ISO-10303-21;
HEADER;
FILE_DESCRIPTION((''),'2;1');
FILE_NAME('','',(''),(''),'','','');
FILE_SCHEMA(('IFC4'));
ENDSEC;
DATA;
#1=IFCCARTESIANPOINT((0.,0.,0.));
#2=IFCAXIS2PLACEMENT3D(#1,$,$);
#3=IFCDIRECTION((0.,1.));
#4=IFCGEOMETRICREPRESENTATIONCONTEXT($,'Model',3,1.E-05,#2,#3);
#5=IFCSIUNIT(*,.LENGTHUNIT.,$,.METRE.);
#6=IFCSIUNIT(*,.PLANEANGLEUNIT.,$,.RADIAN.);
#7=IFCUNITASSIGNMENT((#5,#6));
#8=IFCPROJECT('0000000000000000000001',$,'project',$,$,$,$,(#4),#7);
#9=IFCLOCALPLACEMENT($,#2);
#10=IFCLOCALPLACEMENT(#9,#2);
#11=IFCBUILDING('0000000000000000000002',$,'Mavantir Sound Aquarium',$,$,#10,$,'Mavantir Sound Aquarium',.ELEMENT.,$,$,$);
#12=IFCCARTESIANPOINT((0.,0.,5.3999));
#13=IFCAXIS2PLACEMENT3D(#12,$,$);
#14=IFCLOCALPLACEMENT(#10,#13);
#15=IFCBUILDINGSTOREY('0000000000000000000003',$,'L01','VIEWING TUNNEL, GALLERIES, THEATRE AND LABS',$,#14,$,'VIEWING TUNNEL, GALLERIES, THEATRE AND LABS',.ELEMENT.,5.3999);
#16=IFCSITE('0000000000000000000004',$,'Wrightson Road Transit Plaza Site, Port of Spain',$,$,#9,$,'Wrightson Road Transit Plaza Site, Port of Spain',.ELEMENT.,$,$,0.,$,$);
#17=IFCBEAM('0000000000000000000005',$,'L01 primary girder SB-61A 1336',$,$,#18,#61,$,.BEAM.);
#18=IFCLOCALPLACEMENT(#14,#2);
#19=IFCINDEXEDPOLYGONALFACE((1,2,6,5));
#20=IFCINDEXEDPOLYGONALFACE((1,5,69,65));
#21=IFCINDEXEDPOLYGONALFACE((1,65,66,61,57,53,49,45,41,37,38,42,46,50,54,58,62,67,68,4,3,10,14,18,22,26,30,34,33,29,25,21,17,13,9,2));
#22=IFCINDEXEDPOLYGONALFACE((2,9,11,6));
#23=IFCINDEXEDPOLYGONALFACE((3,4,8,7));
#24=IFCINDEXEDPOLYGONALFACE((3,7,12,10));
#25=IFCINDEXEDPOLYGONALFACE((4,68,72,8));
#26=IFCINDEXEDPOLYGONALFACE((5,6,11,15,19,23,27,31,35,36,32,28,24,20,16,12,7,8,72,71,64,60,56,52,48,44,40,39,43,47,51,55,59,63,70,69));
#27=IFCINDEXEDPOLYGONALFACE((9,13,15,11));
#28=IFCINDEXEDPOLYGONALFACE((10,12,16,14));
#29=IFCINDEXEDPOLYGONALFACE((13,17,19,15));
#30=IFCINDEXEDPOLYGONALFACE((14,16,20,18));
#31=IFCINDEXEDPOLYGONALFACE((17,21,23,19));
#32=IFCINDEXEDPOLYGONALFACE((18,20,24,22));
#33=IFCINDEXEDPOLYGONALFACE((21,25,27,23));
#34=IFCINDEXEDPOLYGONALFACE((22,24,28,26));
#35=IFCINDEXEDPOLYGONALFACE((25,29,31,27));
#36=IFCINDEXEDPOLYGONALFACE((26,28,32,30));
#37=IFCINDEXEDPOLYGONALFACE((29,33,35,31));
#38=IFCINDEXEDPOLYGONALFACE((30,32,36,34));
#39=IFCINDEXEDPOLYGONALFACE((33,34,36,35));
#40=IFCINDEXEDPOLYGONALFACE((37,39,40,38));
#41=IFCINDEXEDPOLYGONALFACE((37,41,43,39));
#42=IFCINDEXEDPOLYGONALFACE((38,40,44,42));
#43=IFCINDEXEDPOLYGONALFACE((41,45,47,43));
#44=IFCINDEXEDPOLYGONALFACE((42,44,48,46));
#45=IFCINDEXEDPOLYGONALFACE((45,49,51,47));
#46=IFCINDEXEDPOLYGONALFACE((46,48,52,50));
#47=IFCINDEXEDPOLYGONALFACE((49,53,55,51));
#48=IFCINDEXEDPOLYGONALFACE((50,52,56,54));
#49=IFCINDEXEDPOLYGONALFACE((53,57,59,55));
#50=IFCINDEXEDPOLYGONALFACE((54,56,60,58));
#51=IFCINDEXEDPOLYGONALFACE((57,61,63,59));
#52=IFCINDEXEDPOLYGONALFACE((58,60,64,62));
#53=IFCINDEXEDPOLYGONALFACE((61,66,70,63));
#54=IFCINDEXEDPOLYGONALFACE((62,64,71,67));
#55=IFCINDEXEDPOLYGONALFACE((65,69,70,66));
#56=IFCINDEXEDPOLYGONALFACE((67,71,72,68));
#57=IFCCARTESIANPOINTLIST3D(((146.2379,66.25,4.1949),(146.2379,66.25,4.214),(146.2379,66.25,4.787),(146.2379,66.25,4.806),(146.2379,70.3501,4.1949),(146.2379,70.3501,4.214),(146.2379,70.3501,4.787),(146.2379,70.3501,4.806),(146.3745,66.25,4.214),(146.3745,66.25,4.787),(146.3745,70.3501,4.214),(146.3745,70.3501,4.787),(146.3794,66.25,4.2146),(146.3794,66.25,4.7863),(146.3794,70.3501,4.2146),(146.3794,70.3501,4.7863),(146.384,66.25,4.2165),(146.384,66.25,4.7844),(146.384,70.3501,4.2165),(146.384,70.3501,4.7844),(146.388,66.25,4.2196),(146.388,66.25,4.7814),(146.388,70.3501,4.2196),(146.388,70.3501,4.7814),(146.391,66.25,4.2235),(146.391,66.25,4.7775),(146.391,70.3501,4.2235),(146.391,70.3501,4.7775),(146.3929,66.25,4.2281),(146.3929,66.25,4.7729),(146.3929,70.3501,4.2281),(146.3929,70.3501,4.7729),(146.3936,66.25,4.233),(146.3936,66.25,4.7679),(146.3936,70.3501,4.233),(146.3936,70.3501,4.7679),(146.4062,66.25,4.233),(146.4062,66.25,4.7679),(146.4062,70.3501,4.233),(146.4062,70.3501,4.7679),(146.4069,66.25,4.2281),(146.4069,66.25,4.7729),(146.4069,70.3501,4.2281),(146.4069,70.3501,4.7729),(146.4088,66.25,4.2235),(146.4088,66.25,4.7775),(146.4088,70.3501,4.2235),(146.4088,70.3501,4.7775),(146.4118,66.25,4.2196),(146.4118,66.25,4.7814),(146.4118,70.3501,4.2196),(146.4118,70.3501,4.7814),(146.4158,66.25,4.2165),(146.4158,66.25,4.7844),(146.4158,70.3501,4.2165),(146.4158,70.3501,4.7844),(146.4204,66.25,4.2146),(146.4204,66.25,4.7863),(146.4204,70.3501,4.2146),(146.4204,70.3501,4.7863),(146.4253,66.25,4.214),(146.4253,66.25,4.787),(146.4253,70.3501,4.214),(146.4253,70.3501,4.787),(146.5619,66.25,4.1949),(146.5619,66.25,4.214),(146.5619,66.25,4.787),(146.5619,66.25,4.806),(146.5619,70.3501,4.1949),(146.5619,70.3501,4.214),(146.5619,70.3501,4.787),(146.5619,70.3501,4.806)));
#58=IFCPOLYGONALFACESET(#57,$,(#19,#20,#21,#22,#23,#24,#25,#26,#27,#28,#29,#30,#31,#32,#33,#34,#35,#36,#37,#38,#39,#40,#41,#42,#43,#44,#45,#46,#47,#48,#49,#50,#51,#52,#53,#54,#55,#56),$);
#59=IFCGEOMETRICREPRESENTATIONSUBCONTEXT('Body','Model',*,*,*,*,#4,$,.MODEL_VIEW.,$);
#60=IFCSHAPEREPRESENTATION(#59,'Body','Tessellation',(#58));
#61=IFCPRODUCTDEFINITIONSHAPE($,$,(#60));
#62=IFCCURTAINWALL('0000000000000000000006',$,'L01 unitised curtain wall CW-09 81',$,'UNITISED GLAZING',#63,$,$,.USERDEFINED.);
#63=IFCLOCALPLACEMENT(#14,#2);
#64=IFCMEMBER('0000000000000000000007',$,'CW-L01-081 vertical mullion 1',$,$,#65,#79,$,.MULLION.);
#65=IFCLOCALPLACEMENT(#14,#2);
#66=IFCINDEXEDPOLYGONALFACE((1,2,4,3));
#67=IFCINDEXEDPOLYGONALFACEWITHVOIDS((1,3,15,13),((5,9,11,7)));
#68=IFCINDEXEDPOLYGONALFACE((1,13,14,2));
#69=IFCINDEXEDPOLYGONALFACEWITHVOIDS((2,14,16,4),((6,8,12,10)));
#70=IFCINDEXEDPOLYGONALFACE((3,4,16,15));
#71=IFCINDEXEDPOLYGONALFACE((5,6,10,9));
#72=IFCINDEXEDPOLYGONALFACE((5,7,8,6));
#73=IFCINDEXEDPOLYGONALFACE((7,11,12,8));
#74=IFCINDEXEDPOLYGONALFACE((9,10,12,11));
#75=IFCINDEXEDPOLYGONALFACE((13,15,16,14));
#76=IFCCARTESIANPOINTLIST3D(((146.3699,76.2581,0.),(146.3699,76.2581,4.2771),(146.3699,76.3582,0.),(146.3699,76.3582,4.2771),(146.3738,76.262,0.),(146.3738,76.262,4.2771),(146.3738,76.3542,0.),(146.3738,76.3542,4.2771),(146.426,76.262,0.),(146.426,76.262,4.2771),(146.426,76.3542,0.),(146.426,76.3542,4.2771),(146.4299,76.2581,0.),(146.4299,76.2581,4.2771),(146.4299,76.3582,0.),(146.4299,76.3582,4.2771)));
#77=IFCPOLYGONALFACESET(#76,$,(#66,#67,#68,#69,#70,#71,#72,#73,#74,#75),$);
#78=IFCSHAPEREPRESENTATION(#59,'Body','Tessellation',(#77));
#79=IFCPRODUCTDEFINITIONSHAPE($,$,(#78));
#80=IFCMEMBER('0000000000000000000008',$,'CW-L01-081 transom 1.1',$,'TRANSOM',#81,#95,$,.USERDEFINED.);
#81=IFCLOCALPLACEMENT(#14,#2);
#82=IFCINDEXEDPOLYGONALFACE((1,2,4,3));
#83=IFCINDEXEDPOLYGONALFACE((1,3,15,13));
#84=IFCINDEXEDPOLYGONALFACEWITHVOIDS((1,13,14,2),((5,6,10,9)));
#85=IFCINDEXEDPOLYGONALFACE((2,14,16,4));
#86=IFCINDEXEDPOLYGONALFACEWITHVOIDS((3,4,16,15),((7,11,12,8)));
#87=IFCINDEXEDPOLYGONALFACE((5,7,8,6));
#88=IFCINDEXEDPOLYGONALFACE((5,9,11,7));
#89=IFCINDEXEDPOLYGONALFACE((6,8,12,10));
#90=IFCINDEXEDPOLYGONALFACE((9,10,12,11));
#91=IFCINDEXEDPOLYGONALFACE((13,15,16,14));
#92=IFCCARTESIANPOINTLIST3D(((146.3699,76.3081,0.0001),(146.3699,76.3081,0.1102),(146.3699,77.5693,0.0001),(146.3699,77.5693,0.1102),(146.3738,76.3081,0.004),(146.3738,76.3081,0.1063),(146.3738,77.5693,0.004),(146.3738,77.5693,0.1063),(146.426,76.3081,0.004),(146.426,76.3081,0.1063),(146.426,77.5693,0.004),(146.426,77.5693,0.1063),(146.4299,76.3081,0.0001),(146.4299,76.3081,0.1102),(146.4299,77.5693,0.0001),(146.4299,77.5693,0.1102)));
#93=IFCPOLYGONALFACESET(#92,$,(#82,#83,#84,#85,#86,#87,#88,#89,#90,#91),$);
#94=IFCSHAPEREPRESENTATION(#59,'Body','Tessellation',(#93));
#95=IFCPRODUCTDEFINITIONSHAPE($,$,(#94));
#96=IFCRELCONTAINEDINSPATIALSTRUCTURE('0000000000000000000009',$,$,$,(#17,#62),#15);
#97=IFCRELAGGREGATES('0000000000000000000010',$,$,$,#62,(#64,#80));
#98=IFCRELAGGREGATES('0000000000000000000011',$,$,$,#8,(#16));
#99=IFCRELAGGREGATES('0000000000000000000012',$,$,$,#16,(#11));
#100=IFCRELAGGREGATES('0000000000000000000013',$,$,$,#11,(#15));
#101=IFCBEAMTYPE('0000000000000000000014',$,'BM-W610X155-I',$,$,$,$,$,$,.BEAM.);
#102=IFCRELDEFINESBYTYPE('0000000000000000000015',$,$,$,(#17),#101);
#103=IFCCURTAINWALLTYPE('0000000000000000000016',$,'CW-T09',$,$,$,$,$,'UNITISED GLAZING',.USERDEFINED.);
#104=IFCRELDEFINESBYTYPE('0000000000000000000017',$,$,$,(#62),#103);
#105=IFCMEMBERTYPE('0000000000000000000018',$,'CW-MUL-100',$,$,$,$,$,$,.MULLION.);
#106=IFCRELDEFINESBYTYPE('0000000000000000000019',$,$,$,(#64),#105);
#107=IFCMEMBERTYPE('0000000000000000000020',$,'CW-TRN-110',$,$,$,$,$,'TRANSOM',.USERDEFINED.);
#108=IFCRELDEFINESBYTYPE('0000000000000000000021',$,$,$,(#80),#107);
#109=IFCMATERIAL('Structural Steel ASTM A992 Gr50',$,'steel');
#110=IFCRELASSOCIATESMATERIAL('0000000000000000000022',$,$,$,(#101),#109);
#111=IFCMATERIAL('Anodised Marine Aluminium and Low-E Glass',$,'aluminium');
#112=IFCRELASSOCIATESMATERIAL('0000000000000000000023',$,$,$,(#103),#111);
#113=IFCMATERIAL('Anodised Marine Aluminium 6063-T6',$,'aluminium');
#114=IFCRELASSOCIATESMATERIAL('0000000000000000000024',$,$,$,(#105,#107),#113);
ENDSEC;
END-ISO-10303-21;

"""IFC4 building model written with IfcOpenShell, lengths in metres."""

from ifc_helpers import new_model, si_unit, direction, frame, origin, origin_2d, place, context, subcontext, project, spatial, hollow_rectangle, i_section, extrude, material, material_profile, profile_set, type_object, element, aggregate, save


model = new_model("IFC4")

# Units and contexts
model_context = context("Model", 3, precision=1e-05, world=origin(), true_north=direction((0.0, 1.0)))
body_context = subcontext(model_context, "Body", "Model", "MODEL_VIEW")
ifc_project = project(units=[si_unit("LENGTHUNIT", "METRE"), si_unit("PLANEANGLEUNIT", "RADIAN")], contexts=[model_context])

# Site, building, storey
site_placement = place(None, origin())
site = spatial("IfcSite", under=ifc_project, at=site_placement, Name="Wrightson Road Transit Plaza Site, Port of Spain", LongName="Wrightson Road Transit Plaza Site, Port of Spain", CompositionType="ELEMENT", RefElevation=0.0)
building_placement = place(site_placement, origin())
building = spatial("IfcBuilding", under=site, at=building_placement, Name="Mavantir Sound Aquarium", LongName="Mavantir Sound Aquarium", CompositionType="ELEMENT")
storey_placement = place(building_placement, frame((0.0, 0.0, 5.3999)))
storey = spatial("IfcBuildingStorey", under=building, at=storey_placement, Name="L01", Description="VIEWING TUNNEL, GALLERIES, THEATRE AND LABS", LongName="VIEWING TUNNEL, GALLERIES, THEATRE AND LABS", CompositionType="ELEMENT", Elevation=5.3999)

# Beam
ifc_material_1 = material(Name="Structural Steel ASTM A992 Gr50", Category="steel")
ifc_material_profile_1 = material_profile(ifc_material_1, i_section(OverallWidth=0.324, OverallDepth=0.6111, WebThickness=0.0127, FlangeThickness=0.019, FilletRadius=0.019, at=origin_2d()), Name="W610X155")
ifc_profile_set_1 = profile_set([ifc_material_profile_1], Name="Structural Steel ASTM A992 Gr50")
beam_type_1 = type_object("IfcBeamType", Name="BM-W610X155-I", PredefinedType="BEAM", material=ifc_profile_set_1)
beam_1_placement = place(storey_placement, frame((146.3999, 66.25, 4.5005), z_axis=(0.0, 1.0, 0.0), x_axis=(-1.0, 0.0, 0.0)))
element("IfcBeam", 1, at=beam_1_placement, inside=storey, type_object=beam_type_1, Name="L01 primary girder SB-61A 1336", PredefinedType="BEAM", context=body_context, shape_type="SweptSolid", body=[
    extrude(i_section(OverallWidth=0.324, OverallDepth=0.6111, WebThickness=0.0127, FlangeThickness=0.019, FilletRadius=0.019, at=origin_2d()), origin(), (0.0, 0.0, 1.0), 4.1001),
])

# Curtain wall, members
ifc_material_2 = material(Name="Anodised Marine Aluminium and Low-E Glass", Category="aluminium")
curtain_wall_type = type_object("IfcCurtainWallType", Name="CW-T09", ElementType="UNITISED GLAZING", PredefinedType="USERDEFINED", material=ifc_material_2)
curtain_wall_placement = place(storey_placement, origin())
curtain_wall = element("IfcCurtainWall", 2, at=curtain_wall_placement, inside=storey, type_object=curtain_wall_type, Name="L01 unitised curtain wall CW-09 81", ObjectType="UNITISED GLAZING", PredefinedType="USERDEFINED")
ifc_material_3 = material(Name="Anodised Marine Aluminium 6063-T6", Category="aluminium")
ifc_material_profile_2 = material_profile(ifc_material_3, hollow_rectangle(XDim=0.0601, YDim=0.1001, WallThickness=0.0039, at=origin_2d()), Name="ALU-MULLION-100X60")
ifc_profile_set_2 = profile_set([ifc_material_profile_2], Name="Anodised Marine Aluminium 6063-T6")
member_type_1 = type_object("IfcMemberType", Name="CW-MUL-100", PredefinedType="MULLION", material=ifc_profile_set_2)
member_1_placement = place(storey_placement, frame((146.3999, 76.3081, 0.0), z_axis=(0.0, 0.0, 1.0), x_axis=(1.0, 0.0, 0.0)))
member_1 = element("IfcMember", 3, at=member_1_placement, type_object=member_type_1, Name="CW-L01-081 vertical mullion 1", PredefinedType="MULLION", context=body_context, shape_type="SweptSolid", body=[
    extrude(hollow_rectangle(XDim=0.0601, YDim=0.1001, WallThickness=0.0039, at=origin_2d()), origin(), (0.0, 0.0, 1.0), 4.2771),
])
ifc_material_profile_3 = material_profile(ifc_material_3, hollow_rectangle(XDim=0.0601, YDim=0.1101, WallThickness=0.0039, at=origin_2d()), Name="ALU-TRANSOM-110X60")
ifc_profile_set_3 = profile_set([ifc_material_profile_3], Name="Anodised Marine Aluminium 6063-T6")
member_type_2 = type_object("IfcMemberType", Name="CW-TRN-110", ElementType="TRANSOM", PredefinedType="USERDEFINED", material=ifc_profile_set_3)
member_2_placement = place(storey_placement, frame((146.3999, 76.3081, 0.0552), z_axis=(0.0, 1.0, 0.0), x_axis=(-1.0, 0.0, 0.0)))
member_2 = element("IfcMember", 4, at=member_2_placement, type_object=member_type_2, Name="CW-L01-081 transom 1.1", ObjectType="TRANSOM", PredefinedType="USERDEFINED", context=body_context, shape_type="SweptSolid", body=[
    extrude(hollow_rectangle(XDim=0.0601, YDim=0.1101, WallThickness=0.0039, at=origin_2d()), origin(), (0.0, 0.0, 1.0), 1.2612),
])
aggregate(curtain_wall, [member_1, member_2])

save(model, "model.ifc")
